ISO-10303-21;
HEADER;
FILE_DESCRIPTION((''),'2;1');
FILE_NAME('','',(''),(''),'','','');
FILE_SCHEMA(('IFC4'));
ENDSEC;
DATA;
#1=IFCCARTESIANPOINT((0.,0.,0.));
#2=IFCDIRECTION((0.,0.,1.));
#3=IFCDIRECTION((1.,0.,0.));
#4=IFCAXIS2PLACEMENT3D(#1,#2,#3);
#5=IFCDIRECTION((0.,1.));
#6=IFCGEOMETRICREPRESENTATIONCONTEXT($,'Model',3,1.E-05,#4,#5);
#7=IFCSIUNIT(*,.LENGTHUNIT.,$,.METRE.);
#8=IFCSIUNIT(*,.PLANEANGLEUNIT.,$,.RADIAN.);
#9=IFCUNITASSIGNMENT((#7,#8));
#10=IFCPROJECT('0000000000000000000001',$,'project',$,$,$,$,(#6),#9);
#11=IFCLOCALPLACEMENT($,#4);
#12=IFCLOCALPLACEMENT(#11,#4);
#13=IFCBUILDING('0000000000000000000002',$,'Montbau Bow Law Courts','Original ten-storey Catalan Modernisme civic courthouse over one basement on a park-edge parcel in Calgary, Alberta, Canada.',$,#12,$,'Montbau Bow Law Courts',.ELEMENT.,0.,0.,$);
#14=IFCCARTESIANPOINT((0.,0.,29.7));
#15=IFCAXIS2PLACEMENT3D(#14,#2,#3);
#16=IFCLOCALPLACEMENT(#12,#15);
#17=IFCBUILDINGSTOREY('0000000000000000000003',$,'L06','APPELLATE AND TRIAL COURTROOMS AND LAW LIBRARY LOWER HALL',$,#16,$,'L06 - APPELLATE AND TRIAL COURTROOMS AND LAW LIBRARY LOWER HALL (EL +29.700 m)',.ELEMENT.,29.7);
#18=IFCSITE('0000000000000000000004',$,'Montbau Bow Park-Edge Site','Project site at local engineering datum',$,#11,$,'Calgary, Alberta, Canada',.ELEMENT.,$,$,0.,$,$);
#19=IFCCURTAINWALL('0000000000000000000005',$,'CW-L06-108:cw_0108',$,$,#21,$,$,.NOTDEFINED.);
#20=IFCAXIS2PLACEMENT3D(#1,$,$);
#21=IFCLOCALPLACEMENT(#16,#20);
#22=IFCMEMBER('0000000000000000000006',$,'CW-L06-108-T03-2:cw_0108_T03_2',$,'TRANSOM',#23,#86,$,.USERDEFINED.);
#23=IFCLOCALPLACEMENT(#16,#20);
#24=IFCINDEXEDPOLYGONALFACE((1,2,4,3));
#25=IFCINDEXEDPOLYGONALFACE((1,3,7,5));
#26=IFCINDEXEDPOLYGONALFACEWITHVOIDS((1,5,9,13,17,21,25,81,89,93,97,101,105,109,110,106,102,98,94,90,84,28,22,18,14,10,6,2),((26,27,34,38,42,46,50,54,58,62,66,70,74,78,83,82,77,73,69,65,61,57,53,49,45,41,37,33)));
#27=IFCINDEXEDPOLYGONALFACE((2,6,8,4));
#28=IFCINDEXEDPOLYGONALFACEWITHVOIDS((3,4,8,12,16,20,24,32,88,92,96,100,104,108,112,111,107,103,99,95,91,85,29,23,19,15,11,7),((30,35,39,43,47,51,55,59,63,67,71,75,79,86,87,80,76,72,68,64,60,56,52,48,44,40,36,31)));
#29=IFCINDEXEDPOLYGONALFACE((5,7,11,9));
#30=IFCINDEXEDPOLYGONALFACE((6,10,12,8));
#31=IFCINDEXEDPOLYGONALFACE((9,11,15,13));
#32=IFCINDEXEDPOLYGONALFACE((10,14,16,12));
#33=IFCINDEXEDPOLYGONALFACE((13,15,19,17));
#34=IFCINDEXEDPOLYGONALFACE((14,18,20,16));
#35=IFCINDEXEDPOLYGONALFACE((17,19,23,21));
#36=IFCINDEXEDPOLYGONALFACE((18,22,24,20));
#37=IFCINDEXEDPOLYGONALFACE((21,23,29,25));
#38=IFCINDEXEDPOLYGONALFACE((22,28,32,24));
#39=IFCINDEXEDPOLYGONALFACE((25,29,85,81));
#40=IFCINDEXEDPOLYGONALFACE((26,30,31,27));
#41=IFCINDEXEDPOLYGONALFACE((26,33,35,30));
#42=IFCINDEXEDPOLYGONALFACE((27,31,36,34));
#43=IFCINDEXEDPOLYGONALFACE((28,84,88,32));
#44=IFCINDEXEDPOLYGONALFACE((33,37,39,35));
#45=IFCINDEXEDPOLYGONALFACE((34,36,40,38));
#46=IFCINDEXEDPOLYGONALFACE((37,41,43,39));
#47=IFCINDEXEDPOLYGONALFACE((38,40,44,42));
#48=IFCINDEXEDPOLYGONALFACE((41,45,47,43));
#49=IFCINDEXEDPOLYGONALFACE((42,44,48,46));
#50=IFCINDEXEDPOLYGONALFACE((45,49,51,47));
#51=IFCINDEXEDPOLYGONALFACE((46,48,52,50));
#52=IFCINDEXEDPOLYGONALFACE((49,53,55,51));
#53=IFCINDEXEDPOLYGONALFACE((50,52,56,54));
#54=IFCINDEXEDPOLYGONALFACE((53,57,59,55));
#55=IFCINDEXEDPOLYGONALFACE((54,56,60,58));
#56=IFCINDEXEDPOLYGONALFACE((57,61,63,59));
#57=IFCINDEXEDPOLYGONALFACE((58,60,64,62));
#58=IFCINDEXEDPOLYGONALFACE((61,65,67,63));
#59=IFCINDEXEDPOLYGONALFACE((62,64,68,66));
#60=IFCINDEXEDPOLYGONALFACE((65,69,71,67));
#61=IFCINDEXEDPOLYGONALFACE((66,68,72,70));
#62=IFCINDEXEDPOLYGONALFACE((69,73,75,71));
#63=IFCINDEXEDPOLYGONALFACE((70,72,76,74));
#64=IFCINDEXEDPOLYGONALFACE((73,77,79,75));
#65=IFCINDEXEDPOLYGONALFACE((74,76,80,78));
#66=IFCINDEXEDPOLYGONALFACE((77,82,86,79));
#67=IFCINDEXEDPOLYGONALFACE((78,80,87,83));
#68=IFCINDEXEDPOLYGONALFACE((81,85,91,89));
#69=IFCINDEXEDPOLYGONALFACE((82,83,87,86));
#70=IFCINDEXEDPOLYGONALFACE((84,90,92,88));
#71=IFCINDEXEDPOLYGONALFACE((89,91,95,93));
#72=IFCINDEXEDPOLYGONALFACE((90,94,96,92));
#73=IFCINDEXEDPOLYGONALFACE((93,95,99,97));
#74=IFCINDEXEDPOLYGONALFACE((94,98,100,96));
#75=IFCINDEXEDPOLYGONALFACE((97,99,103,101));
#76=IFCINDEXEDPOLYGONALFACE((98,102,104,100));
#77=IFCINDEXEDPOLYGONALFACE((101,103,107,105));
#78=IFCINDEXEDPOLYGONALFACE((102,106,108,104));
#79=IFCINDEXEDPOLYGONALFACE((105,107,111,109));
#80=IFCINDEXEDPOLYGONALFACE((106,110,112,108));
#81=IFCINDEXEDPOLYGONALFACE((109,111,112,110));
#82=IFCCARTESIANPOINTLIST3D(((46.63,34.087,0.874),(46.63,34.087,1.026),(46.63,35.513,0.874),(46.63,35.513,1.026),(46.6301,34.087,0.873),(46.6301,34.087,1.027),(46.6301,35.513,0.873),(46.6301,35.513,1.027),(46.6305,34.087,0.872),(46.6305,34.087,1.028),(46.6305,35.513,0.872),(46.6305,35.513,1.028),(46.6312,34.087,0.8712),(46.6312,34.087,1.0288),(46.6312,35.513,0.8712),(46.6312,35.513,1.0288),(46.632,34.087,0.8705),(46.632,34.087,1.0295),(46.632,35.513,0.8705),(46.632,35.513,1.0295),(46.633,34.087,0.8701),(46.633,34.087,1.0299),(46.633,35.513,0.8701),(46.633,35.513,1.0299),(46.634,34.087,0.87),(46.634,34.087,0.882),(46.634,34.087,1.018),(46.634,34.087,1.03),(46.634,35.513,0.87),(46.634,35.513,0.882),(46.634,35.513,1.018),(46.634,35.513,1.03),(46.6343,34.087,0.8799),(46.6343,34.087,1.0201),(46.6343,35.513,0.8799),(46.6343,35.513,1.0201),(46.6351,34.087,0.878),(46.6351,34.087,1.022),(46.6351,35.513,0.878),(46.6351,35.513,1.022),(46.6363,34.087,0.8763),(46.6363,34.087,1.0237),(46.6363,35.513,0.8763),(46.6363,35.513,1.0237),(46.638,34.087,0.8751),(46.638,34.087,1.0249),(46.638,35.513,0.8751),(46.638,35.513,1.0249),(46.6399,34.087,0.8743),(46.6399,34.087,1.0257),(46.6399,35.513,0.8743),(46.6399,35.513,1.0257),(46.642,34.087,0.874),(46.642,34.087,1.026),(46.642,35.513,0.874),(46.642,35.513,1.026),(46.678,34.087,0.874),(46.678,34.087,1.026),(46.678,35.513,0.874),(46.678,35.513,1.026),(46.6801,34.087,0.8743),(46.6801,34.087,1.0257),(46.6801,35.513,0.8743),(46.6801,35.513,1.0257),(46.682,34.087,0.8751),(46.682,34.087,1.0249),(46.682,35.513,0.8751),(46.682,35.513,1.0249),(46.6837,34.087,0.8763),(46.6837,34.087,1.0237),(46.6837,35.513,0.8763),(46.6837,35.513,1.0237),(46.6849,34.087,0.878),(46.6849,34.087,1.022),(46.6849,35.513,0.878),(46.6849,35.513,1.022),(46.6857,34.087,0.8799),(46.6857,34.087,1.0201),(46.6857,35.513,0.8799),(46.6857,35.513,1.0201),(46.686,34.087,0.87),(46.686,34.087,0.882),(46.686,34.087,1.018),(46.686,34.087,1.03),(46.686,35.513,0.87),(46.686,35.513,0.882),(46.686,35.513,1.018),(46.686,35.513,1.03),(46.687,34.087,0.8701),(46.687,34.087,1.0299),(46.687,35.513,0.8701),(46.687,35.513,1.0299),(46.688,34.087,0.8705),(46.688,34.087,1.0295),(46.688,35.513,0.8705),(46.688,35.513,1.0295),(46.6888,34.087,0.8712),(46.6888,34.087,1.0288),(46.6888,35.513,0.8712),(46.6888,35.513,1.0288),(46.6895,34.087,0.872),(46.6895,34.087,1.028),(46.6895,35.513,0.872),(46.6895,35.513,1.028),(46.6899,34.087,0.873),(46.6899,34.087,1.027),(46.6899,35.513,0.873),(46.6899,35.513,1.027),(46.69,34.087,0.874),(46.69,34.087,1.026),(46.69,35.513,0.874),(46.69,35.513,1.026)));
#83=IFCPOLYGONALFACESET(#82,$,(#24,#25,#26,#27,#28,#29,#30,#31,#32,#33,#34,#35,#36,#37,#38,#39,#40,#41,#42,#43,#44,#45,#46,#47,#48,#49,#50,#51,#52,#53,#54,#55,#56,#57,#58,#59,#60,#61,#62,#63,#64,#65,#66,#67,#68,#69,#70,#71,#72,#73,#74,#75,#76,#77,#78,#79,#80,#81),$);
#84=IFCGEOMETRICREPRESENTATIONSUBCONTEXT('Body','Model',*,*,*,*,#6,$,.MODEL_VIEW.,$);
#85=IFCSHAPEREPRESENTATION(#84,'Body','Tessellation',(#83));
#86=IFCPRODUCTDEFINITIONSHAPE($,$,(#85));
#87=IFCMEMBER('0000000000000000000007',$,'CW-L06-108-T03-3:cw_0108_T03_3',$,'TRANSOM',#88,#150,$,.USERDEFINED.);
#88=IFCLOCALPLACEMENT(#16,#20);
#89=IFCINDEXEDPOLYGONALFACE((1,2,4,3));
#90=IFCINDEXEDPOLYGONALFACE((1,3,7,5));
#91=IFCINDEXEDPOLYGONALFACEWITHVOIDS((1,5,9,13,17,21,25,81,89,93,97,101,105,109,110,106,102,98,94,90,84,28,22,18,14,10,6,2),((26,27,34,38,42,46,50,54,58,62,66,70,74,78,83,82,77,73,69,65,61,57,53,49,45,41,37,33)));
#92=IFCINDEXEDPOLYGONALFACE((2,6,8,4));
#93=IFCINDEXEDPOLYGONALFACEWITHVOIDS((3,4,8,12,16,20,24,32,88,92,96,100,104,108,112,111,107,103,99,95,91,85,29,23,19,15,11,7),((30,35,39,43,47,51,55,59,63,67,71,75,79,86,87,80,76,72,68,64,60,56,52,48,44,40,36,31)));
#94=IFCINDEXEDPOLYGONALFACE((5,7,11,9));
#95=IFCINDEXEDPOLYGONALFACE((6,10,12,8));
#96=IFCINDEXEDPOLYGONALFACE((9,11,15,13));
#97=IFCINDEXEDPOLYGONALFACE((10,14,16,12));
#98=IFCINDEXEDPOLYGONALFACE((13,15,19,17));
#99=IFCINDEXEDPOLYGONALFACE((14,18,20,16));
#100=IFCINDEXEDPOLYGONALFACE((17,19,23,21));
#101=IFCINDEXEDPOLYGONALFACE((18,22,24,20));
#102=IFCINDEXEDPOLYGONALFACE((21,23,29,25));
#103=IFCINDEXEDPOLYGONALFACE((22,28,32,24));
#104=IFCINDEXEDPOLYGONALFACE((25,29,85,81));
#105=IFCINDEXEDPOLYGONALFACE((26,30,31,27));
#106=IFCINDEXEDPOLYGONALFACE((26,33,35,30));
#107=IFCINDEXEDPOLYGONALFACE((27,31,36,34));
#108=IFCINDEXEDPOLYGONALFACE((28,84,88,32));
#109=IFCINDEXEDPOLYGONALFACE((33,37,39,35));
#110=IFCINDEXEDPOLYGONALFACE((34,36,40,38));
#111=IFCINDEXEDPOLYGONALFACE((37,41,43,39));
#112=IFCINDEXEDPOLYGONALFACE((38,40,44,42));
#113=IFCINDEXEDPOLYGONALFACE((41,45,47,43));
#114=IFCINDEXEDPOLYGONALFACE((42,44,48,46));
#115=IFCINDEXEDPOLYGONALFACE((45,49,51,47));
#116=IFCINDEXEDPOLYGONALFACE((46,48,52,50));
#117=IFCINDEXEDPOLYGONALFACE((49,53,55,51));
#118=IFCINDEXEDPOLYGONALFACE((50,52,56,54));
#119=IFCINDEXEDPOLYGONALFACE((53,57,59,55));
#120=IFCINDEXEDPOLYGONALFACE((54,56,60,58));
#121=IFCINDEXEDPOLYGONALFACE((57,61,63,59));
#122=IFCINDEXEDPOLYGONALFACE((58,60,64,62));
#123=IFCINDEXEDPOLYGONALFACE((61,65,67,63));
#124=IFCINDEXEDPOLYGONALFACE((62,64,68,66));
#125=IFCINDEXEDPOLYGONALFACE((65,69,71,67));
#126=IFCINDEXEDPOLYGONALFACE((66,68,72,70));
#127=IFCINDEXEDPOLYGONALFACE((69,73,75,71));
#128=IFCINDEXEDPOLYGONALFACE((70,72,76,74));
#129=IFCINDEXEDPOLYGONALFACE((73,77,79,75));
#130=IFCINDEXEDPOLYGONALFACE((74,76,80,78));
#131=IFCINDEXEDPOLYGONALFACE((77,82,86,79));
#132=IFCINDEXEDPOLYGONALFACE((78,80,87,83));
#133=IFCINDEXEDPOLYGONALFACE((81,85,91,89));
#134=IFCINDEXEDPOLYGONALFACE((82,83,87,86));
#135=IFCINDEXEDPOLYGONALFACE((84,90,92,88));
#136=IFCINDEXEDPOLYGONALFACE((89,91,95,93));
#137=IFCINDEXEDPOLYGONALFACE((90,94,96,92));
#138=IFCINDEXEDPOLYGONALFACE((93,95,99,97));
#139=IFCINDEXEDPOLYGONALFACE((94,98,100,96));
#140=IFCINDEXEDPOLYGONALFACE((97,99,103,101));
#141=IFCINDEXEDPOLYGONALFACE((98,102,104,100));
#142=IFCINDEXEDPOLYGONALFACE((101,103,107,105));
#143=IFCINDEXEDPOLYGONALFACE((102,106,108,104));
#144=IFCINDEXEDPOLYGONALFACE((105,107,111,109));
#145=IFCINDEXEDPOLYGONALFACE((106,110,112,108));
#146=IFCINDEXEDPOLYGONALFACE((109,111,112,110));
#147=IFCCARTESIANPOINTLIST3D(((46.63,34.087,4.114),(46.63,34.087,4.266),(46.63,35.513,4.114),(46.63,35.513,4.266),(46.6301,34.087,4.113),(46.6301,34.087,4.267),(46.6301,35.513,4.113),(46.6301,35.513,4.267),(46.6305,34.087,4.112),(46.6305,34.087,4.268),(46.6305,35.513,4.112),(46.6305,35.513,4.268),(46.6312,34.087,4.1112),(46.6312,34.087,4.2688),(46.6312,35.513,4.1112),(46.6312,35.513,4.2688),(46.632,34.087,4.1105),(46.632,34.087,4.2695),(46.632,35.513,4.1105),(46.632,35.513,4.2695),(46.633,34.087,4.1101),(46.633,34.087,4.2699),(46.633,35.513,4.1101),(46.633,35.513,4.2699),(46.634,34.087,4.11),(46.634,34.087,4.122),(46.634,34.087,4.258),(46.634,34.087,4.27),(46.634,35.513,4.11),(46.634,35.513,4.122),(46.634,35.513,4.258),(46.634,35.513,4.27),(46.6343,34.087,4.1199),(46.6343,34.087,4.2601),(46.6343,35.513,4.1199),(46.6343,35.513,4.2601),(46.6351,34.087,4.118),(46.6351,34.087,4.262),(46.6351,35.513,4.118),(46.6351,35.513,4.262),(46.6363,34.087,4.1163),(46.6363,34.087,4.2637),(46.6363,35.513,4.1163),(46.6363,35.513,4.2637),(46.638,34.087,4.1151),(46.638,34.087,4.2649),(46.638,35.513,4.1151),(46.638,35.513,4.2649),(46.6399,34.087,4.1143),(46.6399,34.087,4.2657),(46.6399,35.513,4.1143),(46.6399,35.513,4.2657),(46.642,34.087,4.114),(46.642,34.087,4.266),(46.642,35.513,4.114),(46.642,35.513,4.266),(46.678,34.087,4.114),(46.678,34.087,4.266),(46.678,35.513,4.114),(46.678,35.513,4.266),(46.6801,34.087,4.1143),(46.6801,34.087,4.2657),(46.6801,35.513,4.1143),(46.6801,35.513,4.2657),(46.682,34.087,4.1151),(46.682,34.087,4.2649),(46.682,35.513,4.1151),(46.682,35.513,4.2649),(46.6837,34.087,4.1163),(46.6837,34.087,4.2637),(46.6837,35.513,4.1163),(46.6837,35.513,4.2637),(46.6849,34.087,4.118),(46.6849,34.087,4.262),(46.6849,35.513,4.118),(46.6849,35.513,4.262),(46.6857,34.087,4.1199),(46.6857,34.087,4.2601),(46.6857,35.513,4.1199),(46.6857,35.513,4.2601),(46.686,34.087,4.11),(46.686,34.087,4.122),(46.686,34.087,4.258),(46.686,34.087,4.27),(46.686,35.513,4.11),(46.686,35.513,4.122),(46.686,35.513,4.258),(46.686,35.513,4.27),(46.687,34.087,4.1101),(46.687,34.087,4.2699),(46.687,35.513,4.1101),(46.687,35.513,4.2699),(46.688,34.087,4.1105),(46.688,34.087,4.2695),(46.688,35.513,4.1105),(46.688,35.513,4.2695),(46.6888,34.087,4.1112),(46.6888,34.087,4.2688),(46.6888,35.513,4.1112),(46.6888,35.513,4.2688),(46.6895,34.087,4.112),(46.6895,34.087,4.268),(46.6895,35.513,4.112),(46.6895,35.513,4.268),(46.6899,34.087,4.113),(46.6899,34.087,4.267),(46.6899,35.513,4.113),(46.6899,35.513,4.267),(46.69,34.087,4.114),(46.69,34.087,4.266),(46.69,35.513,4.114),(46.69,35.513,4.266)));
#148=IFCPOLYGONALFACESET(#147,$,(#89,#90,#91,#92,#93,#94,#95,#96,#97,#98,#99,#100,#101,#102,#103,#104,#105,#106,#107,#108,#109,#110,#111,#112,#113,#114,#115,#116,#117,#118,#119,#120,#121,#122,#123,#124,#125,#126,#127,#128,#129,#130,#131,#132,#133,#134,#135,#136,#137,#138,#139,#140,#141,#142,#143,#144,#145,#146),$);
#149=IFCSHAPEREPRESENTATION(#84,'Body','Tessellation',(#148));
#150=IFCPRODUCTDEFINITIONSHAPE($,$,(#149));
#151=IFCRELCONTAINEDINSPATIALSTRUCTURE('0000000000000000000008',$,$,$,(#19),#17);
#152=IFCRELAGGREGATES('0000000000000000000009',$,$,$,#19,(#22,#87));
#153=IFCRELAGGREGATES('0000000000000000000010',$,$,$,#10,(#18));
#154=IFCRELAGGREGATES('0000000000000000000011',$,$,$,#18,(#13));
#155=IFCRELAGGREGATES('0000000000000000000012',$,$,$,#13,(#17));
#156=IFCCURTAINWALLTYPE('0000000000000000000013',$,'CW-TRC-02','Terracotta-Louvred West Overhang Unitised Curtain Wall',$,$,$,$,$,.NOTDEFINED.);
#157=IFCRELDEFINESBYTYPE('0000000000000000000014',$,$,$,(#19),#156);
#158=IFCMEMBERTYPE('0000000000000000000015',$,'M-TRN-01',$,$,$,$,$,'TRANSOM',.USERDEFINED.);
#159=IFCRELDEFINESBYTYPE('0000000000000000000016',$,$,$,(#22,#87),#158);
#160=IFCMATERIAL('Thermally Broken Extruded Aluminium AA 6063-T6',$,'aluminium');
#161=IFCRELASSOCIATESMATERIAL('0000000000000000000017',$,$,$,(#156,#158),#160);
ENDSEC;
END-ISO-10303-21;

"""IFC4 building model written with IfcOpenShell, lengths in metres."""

from ifc_helpers import new_model, si_unit, direction, frame, origin_with_axes, origin_2d_with_axis, place, context, subcontext, project, spatial, hollow_rectangle, extrude, material, material_profile, profile_set, type_object, element, aggregate, save


model = new_model("IFC4")

# Units and contexts
model_context = context("Model", 3, precision=1e-05, world=origin_with_axes(), true_north=direction((0.0, 1.0)))
body_context = subcontext(model_context, "Body", "Model", "MODEL_VIEW")
ifc_project = project(units=[si_unit("LENGTHUNIT", "METRE"), si_unit("PLANEANGLEUNIT", "RADIAN")], contexts=[model_context])

# Site, building, storey
site_placement = place(None, origin_with_axes())
site = spatial("IfcSite", under=ifc_project, at=site_placement, Name="Montbau Bow Park-Edge Site", Description="Project site at local engineering datum", LongName="Calgary, Alberta, Canada", CompositionType="ELEMENT", RefElevation=0.0)
building_placement = place(site_placement, origin_with_axes())
building = spatial("IfcBuilding", under=site, at=building_placement, Name="Montbau Bow Law Courts", Description="Original ten-storey Catalan Modernisme civic courthouse over one basement on a park-edge parcel in Calgary, Alberta, Canada.", LongName="Montbau Bow Law Courts", CompositionType="ELEMENT", ElevationOfRefHeight=0.0, ElevationOfTerrain=0.0)
storey_placement = place(building_placement, frame((0.0, 0.0, 29.7), z_axis=(0.0, 0.0, 1.0), x_axis=(1.0, 0.0, 0.0)))
storey = spatial("IfcBuildingStorey", under=building, at=storey_placement, Name="L06", Description="APPELLATE AND TRIAL COURTROOMS AND LAW LIBRARY LOWER HALL", LongName="L06 - APPELLATE AND TRIAL COURTROOMS AND LAW LIBRARY LOWER HALL (EL +29.700 m)", CompositionType="ELEMENT", Elevation=29.7)

# Curtain wall, members
ifc_material_1 = material(Name="Thermally Broken Extruded Aluminium AA 6063-T6", Category="aluminium")
curtain_wall_type = type_object("IfcCurtainWallType", Name="CW-TRC-02", Description="Terracotta-Louvred West Overhang Unitised Curtain Wall", PredefinedType="NOTDEFINED", material=ifc_material_1)
curtain_wall_placement = place(None, frame((46.66, 31.04, 29.7), z_axis=(0.0, 0.0, 1.0), x_axis=(1.0, 0.0, 0.0)))
curtain_wall = element("IfcCurtainWall", 1, at=curtain_wall_placement, inside=storey, type_object=curtain_wall_type, Name="CW-L06-108:cw_0108", PredefinedType="NOTDEFINED")
ifc_material_profile_1 = material_profile(ifc_material_1, hollow_rectangle(XDim=0.06, YDim=0.16, WallThickness=0.004, InnerFilletRadius=0.008, OuterFilletRadius=0.004, at=origin_2d_with_axis()), Name="CWT-160X60", Category="Main", Priority=0)
ifc_profile_set_1 = profile_set([ifc_material_profile_1], Name="Thermally Broken Extruded Aluminium AA 6063-T6")
member_type_1 = type_object("IfcMemberType", Name="M-TRN-01", ElementType="TRANSOM", PredefinedType="USERDEFINED", material=ifc_profile_set_1)
member_1_placement = place(None, frame((46.66, 34.087, 30.65), z_axis=(0.0, 1.0, 0.0), x_axis=(-1.0, 0.0, 0.0)))
member_1 = element("IfcMember", 2, at=member_1_placement, type_object=member_type_1, Name="CW-L06-108-T03-2:cw_0108_T03_2", ObjectType="TRANSOM", PredefinedType="USERDEFINED", context=body_context, shape_type="SweptSolid", body=[
    extrude(hollow_rectangle(XDim=0.06, YDim=0.16, WallThickness=0.004, InnerFilletRadius=0.008, OuterFilletRadius=0.004, at=origin_2d_with_axis()), origin_with_axes(), (0.0, 0.0, 1.0), 1.426),
])
member_2_placement = place(None, frame((46.66, 34.087, 33.89), z_axis=(0.0, 1.0, 0.0), x_axis=(-1.0, 0.0, 0.0)))
member_2 = element("IfcMember", 3, at=member_2_placement, type_object=member_type_1, Name="CW-L06-108-T03-3:cw_0108_T03_3", ObjectType="TRANSOM", PredefinedType="USERDEFINED", context=body_context, shape_type="SweptSolid", body=[
    extrude(hollow_rectangle(XDim=0.06, YDim=0.16, WallThickness=0.004, InnerFilletRadius=0.008, OuterFilletRadius=0.004, at=origin_2d_with_axis()), origin_with_axes(), (0.0, 0.0, 1.0), 1.426),
])
aggregate(curtain_wall, [member_1, member_2])

save(model, "model.ifc")
